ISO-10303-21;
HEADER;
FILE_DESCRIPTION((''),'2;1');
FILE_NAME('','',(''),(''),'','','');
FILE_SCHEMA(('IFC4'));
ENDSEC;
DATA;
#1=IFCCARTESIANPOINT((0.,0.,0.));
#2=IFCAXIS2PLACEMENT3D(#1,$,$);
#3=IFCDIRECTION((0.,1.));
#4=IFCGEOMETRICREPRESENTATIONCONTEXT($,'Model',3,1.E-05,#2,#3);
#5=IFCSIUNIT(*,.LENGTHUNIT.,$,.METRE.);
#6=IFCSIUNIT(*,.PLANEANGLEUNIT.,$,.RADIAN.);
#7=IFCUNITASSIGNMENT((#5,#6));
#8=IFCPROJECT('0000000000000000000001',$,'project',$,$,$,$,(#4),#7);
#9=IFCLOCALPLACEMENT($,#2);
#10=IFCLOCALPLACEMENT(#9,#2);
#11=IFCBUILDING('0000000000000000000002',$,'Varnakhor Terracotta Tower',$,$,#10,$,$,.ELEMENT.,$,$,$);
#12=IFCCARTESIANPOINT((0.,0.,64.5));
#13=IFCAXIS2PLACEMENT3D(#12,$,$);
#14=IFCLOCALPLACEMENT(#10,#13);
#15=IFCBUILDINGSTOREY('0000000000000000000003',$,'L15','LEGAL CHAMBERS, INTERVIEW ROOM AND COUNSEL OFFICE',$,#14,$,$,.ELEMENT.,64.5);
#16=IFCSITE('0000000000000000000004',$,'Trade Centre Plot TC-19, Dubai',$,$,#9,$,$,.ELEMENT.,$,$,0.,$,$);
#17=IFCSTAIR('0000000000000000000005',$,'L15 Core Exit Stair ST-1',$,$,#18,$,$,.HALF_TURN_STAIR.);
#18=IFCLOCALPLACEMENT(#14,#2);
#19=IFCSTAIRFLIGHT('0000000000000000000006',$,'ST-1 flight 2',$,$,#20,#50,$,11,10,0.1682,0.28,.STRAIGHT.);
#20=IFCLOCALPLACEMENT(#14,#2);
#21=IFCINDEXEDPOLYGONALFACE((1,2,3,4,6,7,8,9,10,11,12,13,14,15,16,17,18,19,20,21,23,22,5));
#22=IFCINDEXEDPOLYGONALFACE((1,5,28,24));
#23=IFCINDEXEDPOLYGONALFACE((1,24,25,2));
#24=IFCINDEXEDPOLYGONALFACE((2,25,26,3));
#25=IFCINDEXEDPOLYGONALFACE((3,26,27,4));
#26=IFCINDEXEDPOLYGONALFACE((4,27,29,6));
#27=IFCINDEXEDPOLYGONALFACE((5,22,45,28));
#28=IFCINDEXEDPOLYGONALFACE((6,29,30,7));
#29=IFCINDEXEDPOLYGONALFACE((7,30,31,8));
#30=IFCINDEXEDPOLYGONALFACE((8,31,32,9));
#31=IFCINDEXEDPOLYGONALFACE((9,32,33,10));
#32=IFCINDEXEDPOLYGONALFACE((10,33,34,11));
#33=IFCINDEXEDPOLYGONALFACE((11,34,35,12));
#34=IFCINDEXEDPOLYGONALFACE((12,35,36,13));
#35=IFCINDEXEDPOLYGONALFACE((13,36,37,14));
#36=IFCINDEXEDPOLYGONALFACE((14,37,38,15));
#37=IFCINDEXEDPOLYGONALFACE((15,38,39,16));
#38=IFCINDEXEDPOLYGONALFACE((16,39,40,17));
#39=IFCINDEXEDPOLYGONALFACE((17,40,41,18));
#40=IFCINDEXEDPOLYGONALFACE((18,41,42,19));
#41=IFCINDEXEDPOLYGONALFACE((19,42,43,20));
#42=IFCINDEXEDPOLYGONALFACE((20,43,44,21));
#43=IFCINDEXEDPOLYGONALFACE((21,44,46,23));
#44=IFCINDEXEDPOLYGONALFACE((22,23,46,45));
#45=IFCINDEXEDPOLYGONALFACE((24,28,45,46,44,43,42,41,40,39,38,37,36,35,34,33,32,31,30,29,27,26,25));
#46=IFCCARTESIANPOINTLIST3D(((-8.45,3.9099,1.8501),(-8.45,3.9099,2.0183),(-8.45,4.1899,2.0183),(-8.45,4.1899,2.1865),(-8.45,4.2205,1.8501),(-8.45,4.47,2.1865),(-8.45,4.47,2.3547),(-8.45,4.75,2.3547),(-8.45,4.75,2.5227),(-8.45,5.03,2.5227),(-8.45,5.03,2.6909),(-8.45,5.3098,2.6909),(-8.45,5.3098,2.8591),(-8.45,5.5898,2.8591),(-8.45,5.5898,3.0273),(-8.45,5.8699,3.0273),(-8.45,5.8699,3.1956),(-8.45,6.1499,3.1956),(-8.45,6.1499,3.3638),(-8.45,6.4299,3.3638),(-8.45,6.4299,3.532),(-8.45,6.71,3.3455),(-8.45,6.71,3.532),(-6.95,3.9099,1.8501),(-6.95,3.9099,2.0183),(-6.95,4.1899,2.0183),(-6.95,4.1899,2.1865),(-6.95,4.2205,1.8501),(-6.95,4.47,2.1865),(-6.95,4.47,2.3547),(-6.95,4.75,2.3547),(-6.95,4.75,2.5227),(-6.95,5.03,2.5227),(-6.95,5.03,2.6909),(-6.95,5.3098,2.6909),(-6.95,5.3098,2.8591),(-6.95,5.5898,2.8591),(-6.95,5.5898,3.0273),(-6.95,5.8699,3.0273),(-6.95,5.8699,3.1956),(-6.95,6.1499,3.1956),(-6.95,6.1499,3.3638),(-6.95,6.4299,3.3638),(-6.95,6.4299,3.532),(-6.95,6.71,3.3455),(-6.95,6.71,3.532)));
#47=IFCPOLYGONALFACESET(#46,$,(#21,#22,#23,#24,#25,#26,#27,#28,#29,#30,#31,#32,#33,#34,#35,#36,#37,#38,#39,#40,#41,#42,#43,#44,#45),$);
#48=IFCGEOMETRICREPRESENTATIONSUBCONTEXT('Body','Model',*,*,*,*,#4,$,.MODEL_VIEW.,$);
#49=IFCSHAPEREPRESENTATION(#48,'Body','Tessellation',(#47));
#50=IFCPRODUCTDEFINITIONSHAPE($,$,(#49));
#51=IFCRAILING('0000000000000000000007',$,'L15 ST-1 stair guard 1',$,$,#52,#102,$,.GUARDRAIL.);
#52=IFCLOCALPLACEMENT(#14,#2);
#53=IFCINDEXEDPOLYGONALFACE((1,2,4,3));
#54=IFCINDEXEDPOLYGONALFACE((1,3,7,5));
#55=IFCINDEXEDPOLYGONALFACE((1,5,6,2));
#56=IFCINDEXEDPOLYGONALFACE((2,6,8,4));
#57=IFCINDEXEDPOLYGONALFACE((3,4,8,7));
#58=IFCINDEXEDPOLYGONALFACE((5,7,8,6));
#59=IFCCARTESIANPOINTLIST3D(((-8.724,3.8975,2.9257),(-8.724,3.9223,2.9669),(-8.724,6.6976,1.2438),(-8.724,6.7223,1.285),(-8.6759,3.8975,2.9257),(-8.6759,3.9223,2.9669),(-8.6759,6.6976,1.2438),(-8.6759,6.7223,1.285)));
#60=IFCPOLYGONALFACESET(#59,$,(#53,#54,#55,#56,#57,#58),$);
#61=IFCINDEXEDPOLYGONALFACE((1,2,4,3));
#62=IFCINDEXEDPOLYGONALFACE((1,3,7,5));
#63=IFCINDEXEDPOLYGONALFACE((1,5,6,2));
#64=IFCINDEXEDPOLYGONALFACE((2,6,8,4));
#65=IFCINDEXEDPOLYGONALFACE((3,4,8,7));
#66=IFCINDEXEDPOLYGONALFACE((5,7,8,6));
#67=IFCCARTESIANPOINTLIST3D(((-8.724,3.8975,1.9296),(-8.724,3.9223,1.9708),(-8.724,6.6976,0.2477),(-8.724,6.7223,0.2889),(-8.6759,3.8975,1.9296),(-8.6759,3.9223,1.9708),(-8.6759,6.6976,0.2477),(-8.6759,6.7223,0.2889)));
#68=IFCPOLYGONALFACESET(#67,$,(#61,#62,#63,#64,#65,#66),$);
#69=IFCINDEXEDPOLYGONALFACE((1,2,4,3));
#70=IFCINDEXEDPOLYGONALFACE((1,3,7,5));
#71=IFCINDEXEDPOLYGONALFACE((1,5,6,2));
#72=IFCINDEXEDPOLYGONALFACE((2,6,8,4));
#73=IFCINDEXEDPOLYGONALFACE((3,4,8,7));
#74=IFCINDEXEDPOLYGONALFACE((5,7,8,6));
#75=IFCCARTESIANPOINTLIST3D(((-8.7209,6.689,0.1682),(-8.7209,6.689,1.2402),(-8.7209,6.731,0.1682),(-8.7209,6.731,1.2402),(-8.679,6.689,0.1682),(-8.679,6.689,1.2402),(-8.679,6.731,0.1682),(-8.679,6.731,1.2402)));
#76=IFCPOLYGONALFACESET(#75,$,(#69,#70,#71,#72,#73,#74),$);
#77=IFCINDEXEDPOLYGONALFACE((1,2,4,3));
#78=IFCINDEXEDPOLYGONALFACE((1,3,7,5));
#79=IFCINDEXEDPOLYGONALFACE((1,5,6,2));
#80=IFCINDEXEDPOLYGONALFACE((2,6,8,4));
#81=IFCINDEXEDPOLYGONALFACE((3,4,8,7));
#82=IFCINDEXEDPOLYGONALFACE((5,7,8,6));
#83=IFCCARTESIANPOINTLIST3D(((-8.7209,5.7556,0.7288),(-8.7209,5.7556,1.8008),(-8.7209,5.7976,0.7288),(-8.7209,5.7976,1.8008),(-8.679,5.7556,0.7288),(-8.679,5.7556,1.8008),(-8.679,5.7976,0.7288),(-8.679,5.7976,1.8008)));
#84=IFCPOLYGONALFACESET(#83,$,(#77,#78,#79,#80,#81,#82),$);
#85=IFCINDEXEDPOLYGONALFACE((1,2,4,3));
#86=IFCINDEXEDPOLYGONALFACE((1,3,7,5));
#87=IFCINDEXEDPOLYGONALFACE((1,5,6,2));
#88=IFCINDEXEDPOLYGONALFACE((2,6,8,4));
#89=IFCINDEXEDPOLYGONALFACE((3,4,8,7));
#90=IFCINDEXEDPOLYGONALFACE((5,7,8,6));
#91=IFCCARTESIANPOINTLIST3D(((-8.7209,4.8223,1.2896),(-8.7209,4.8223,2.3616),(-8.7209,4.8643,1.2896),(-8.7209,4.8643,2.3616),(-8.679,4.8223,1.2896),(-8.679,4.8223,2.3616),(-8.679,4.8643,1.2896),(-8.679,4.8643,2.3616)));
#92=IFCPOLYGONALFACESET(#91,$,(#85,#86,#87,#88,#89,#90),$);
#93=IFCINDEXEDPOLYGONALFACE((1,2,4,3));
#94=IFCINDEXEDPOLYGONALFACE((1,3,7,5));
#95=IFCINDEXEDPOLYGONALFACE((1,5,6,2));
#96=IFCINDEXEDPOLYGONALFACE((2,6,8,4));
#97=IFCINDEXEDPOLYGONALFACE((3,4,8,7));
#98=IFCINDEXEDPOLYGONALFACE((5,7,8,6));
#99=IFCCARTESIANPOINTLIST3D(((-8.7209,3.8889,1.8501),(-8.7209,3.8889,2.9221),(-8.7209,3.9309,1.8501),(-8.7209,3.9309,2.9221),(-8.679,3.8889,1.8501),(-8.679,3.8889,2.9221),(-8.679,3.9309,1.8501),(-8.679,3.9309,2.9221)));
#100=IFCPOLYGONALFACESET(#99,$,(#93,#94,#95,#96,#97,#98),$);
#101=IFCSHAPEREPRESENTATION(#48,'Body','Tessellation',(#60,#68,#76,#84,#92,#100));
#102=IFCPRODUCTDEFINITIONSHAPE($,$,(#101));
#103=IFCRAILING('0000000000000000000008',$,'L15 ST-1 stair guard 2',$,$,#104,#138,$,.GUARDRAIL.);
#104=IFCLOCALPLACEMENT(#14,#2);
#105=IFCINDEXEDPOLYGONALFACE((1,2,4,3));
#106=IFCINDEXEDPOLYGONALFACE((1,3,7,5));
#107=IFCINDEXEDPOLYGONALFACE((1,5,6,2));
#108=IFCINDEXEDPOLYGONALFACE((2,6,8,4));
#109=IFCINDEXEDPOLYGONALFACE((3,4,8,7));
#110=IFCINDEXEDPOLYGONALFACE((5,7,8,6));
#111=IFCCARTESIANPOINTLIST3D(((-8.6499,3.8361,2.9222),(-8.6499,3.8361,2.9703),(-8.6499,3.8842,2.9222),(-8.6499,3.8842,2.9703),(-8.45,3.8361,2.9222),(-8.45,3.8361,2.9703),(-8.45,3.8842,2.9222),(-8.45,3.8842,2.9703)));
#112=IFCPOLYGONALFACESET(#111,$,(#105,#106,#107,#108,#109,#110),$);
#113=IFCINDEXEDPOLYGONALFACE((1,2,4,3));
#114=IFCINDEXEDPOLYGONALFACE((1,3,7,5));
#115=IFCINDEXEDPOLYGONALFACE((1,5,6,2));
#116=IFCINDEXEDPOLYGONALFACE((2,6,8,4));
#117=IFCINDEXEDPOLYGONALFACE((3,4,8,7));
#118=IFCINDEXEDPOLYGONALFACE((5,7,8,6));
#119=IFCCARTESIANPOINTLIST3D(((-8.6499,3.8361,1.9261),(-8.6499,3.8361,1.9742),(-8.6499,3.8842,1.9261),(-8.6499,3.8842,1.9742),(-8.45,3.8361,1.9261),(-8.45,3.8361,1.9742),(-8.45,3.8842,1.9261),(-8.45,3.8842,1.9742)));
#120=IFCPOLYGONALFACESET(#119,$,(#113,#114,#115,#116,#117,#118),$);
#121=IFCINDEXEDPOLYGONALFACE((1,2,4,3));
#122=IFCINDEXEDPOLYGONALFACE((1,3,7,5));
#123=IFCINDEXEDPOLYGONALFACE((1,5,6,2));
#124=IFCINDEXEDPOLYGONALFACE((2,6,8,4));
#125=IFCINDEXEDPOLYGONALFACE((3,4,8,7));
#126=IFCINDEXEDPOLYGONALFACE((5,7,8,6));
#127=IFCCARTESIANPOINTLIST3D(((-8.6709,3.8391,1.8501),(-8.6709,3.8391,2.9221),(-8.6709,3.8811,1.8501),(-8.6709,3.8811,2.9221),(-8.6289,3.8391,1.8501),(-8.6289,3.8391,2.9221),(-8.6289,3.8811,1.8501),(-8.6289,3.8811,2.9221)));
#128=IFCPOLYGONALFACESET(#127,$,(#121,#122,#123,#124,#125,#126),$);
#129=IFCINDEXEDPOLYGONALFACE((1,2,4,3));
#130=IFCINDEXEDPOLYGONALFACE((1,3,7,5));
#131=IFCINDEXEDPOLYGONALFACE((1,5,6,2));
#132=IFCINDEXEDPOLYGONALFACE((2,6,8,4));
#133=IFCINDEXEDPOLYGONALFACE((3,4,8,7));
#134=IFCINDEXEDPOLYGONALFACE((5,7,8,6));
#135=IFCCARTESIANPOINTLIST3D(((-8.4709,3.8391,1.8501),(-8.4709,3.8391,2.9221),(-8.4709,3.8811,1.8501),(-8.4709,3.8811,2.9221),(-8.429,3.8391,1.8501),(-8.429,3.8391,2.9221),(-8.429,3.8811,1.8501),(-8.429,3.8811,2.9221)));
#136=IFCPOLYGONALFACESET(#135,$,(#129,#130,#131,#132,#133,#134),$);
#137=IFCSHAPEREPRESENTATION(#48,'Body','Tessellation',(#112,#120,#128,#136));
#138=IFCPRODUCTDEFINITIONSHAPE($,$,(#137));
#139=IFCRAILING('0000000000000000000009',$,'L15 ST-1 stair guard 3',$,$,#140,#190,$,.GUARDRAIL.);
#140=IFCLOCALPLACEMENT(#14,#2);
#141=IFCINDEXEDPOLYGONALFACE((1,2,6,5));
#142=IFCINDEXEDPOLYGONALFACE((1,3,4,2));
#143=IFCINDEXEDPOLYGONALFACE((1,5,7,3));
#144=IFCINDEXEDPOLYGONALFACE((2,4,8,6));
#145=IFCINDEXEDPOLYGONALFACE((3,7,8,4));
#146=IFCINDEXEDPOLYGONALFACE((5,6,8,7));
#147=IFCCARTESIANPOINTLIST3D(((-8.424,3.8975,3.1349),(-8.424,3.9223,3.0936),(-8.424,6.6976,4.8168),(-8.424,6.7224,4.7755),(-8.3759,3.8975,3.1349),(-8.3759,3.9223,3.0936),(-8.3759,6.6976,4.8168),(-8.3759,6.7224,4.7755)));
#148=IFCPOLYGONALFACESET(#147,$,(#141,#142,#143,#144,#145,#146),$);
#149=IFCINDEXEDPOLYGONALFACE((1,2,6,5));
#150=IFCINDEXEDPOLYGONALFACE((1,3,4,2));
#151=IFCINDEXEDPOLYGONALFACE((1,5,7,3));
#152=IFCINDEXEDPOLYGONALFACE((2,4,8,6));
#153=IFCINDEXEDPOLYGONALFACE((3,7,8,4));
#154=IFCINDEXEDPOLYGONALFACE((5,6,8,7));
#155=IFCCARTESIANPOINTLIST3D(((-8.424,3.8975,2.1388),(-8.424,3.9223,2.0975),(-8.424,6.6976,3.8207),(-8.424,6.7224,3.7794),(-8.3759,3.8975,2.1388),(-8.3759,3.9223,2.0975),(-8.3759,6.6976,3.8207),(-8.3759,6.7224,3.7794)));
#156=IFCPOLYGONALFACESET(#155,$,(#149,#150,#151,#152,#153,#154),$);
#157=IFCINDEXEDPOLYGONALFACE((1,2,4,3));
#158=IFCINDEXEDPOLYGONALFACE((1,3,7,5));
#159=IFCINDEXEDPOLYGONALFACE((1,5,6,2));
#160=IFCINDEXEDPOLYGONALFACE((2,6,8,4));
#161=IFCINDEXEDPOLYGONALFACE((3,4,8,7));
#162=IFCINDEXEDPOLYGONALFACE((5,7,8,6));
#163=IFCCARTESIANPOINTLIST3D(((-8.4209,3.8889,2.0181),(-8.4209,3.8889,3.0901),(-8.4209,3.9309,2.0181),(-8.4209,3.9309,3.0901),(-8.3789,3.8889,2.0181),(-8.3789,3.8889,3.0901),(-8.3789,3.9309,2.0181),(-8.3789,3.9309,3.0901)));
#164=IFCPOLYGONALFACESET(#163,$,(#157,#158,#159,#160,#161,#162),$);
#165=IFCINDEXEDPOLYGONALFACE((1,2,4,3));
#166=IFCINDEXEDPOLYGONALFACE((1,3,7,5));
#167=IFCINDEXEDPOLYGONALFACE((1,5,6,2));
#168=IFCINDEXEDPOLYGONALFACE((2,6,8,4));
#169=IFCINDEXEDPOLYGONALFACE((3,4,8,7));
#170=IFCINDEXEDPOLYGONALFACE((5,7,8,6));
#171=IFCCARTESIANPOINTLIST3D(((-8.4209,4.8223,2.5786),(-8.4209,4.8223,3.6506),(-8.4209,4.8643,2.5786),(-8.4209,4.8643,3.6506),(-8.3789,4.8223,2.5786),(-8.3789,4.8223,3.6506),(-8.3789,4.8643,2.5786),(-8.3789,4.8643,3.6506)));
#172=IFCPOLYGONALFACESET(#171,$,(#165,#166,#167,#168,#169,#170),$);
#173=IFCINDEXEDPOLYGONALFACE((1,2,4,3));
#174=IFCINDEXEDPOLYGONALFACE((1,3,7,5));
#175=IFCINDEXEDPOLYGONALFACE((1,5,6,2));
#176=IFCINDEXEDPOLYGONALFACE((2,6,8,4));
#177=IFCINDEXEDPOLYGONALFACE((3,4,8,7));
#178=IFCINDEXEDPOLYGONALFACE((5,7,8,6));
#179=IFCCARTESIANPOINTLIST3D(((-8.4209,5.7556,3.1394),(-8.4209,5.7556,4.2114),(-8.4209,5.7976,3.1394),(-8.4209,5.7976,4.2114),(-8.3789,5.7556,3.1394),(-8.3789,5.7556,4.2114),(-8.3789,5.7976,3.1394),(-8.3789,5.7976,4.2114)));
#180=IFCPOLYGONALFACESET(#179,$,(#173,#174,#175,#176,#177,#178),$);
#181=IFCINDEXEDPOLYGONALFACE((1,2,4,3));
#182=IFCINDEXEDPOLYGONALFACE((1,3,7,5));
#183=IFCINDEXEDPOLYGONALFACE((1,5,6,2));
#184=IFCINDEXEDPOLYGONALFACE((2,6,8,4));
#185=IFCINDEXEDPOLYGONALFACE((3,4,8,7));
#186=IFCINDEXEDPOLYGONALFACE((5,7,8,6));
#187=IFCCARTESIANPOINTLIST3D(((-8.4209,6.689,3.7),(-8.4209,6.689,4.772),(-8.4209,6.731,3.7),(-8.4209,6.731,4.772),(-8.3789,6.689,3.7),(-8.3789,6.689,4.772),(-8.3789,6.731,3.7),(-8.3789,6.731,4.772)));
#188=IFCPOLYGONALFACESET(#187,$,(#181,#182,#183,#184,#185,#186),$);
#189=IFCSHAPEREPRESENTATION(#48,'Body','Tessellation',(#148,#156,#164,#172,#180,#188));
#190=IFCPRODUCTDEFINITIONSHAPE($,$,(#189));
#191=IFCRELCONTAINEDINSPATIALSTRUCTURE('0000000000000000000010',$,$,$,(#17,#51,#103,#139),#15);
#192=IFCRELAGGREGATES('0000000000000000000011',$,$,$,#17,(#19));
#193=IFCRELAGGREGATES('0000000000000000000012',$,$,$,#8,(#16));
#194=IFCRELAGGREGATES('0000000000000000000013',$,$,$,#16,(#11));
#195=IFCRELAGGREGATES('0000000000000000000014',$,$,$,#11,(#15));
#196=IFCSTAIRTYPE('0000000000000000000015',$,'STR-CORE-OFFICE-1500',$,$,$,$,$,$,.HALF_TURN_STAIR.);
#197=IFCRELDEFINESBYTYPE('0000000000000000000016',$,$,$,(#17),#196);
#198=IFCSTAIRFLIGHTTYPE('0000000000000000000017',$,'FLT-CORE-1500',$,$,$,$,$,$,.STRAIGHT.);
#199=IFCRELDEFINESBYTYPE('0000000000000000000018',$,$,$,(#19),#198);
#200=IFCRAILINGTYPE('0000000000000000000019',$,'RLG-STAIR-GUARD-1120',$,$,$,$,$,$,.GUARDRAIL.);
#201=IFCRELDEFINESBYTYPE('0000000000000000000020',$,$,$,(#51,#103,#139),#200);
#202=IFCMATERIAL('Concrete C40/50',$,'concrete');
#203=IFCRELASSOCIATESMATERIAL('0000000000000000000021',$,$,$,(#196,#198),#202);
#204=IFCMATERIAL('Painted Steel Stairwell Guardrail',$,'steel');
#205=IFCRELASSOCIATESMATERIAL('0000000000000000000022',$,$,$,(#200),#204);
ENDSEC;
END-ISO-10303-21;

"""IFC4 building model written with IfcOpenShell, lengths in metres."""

from ifc_helpers import new_model, si_unit, direction, frame, origin, origin_2d, place, context, subcontext, project, spatial, polyline, rectangle, outline, extrude, material, type_object, element, aggregate, save


model = new_model("IFC4")

# Units and contexts
model_context = context("Model", 3, precision=1e-05, world=origin(), true_north=direction((0.0, 1.0)))
body_context = subcontext(model_context, "Body", "Model", "MODEL_VIEW")
ifc_project = project(units=[si_unit("LENGTHUNIT", "METRE"), si_unit("PLANEANGLEUNIT", "RADIAN")], contexts=[model_context])

# Site, building, storey
site_placement = place(None, origin())
site = spatial("IfcSite", under=ifc_project, at=site_placement, Name="Trade Centre Plot TC-19, Dubai", CompositionType="ELEMENT", RefElevation=0.0)
building_placement = place(site_placement, origin())
building = spatial("IfcBuilding", under=site, at=building_placement, Name="Varnakhor Terracotta Tower", CompositionType="ELEMENT")
storey_placement = place(building_placement, frame((0.0, 0.0, 64.5)))
storey = spatial("IfcBuildingStorey", under=building, at=storey_placement, Name="L15", Description="LEGAL CHAMBERS, INTERVIEW ROOM AND COUNSEL OFFICE", CompositionType="ELEMENT", Elevation=64.5)

# Shared definitions
ifc_material_1 = material(Name="Concrete C40/50", Category="concrete")

# Stair, stair flight
stair_type = type_object("IfcStairType", Name="STR-CORE-OFFICE-1500", PredefinedType="HALF_TURN_STAIR", material=ifc_material_1)
stair_placement = place(storey_placement, origin())
stair = element("IfcStair", 1, at=stair_placement, inside=storey, type_object=stair_type, Name="L15 Core Exit Stair ST-1", PredefinedType="HALF_TURN_STAIR")
stair_flight_type = type_object("IfcStairFlightType", Name="FLT-CORE-1500", PredefinedType="STRAIGHT", material=ifc_material_1)
stair_flight_1_placement = place(storey_placement, frame((-7.7, 3.9099, 1.8501), z_axis=(0.0, 0.0, 1.0), x_axis=(0.0, 1.0, 0.0)))
stair_flight_1 = element("IfcStairFlight", 2, at=stair_flight_1_placement, type_object=stair_flight_type, Name="ST-1 flight 2", NumberOfRisers=11, NumberOfTreads=10, PredefinedType="STRAIGHT", RiserHeight=0.1682, TreadLength=0.28, context=body_context, shape_type="SweptSolid", body=[
    extrude(outline(polyline([(0.0, 0.0), (0.0, 0.1682), (0.28, 0.1682), (0.28, 0.3364), (0.5601, 0.3364), (0.5601, 0.5046), (0.8401, 0.5046), (0.8401, 0.6726), (1.1201, 0.6726), (1.1201, 0.8408), (1.3999, 0.8408), (1.3999, 1.009), (1.6799, 1.009), (1.6799, 1.1772), (1.96, 1.1772), (1.96, 1.3455), (2.24, 1.3455), (2.24, 1.5137), (2.52, 1.5137), (2.52, 1.6819), (2.8, 1.6819), (2.8, 1.8501), (2.8, 1.4954), (0.3105, 0.0), (0.0, 0.0)])), frame((0.0, 0.75, 0.0), z_axis=(0.0, -1.0, 0.0), x_axis=(1.0, 0.0, 0.0)), (0.0, 0.0, 1.0), 1.5),
])
aggregate(stair, [stair_flight_1])

# Railings
ifc_material_2 = material(Name="Painted Steel Stairwell Guardrail", Category="steel")
railing_type_1 = type_object("IfcRailingType", Name="RLG-STAIR-GUARD-1120", PredefinedType="GUARDRAIL", material=ifc_material_2)
railing_1_placement = place(storey_placement, frame((-8.7, 6.71, 0.1682)))
element("IfcRailing", 3, at=railing_1_placement, inside=storey, type_object=railing_type_1, Name="L15 ST-1 stair guard 1", PredefinedType="GUARDRAIL", context=body_context, shape_type="SweptSolid", body=[
    extrude(rectangle(XDim=0.0481, YDim=0.0481, at=origin_2d()), frame((0.0, 0.0, 1.0962), z_axis=(0.0, -0.857242, 0.514913), x_axis=(1.0, 0.0, 0.0)), (0.0, 0.0, 1.0), 3.2664),
    extrude(rectangle(XDim=0.0481, YDim=0.0481, at=origin_2d()), frame((0.0, 0.0, 0.1001), z_axis=(0.0, -0.857242, 0.514913), x_axis=(1.0, 0.0, 0.0)), (0.0, 0.0, 1.0), 3.2664),
    extrude(rectangle(XDim=0.042, YDim=0.042, at=origin_2d()), origin(), (0.0, 0.0, 1.0), 1.072),
    extrude(rectangle(XDim=0.042, YDim=0.042, at=origin_2d()), frame((0.0, -0.9333, 0.5605)), (0.0, 0.0, 1.0), 1.072),
    extrude(rectangle(XDim=0.042, YDim=0.042, at=origin_2d()), frame((0.0, -1.8667, 1.1213)), (0.0, 0.0, 1.0), 1.072),
    extrude(rectangle(XDim=0.042, YDim=0.042, at=origin_2d()), frame((0.0, -2.8, 1.6819)), (0.0, 0.0, 1.0), 1.072),
])
railing_2_placement = place(storey_placement, frame((-8.6499, 3.8601, 1.8501)))
element("IfcRailing", 4, at=railing_2_placement, inside=storey, type_object=railing_type_1, Name="L15 ST-1 stair guard 2", PredefinedType="GUARDRAIL", context=body_context, shape_type="SweptSolid", body=[
    extrude(rectangle(XDim=0.0481, YDim=0.0481, at=origin_2d()), frame((0.0, 0.0, 1.0962), z_axis=(1.0, 0.0, 0.0), x_axis=(0.0, 1.0, 0.0)), (0.0, 0.0, 1.0), 0.2),
    extrude(rectangle(XDim=0.0481, YDim=0.0481, at=origin_2d()), frame((0.0, 0.0, 0.1001), z_axis=(1.0, 0.0, 0.0), x_axis=(0.0, 1.0, 0.0)), (0.0, 0.0, 1.0), 0.2),
    extrude(rectangle(XDim=0.042, YDim=0.042, at=origin_2d()), origin(), (0.0, 0.0, 1.0), 1.072),
    extrude(rectangle(XDim=0.042, YDim=0.042, at=origin_2d()), frame((0.2, 0.0, 0.0)), (0.0, 0.0, 1.0), 1.072),
])
railing_3_placement = place(storey_placement, frame((-8.3999, 3.9099, 2.0181)))
element("IfcRailing", 5, at=railing_3_placement, inside=storey, type_object=railing_type_1, Name="L15 ST-1 stair guard 3", PredefinedType="GUARDRAIL", context=body_context, shape_type="SweptSolid", body=[
    extrude(rectangle(XDim=0.0481, YDim=0.0481, at=origin_2d()), frame((0.0, 0.0, 1.0962), z_axis=(0.0, 0.857242, 0.514913), x_axis=(-1.0, 0.0, 0.0)), (0.0, 0.0, 1.0), 3.2664),
    extrude(rectangle(XDim=0.0481, YDim=0.0481, at=origin_2d()), frame((0.0, 0.0, 0.1001), z_axis=(0.0, 0.857242, 0.514913), x_axis=(-1.0, 0.0, 0.0)), (0.0, 0.0, 1.0), 3.2664),
    extrude(rectangle(XDim=0.042, YDim=0.042, at=origin_2d()), origin(), (0.0, 0.0, 1.0), 1.072),
    extrude(rectangle(XDim=0.042, YDim=0.042, at=origin_2d()), frame((0.0, 0.9333, 0.5605)), (0.0, 0.0, 1.0), 1.072),
    extrude(rectangle(XDim=0.042, YDim=0.042, at=origin_2d()), frame((0.0, 1.8667, 1.1213)), (0.0, 0.0, 1.0), 1.072),
    extrude(rectangle(XDim=0.042, YDim=0.042, at=origin_2d()), frame((0.0, 2.8, 1.6819)), (0.0, 0.0, 1.0), 1.072),
])

save(model, "model.ifc")
